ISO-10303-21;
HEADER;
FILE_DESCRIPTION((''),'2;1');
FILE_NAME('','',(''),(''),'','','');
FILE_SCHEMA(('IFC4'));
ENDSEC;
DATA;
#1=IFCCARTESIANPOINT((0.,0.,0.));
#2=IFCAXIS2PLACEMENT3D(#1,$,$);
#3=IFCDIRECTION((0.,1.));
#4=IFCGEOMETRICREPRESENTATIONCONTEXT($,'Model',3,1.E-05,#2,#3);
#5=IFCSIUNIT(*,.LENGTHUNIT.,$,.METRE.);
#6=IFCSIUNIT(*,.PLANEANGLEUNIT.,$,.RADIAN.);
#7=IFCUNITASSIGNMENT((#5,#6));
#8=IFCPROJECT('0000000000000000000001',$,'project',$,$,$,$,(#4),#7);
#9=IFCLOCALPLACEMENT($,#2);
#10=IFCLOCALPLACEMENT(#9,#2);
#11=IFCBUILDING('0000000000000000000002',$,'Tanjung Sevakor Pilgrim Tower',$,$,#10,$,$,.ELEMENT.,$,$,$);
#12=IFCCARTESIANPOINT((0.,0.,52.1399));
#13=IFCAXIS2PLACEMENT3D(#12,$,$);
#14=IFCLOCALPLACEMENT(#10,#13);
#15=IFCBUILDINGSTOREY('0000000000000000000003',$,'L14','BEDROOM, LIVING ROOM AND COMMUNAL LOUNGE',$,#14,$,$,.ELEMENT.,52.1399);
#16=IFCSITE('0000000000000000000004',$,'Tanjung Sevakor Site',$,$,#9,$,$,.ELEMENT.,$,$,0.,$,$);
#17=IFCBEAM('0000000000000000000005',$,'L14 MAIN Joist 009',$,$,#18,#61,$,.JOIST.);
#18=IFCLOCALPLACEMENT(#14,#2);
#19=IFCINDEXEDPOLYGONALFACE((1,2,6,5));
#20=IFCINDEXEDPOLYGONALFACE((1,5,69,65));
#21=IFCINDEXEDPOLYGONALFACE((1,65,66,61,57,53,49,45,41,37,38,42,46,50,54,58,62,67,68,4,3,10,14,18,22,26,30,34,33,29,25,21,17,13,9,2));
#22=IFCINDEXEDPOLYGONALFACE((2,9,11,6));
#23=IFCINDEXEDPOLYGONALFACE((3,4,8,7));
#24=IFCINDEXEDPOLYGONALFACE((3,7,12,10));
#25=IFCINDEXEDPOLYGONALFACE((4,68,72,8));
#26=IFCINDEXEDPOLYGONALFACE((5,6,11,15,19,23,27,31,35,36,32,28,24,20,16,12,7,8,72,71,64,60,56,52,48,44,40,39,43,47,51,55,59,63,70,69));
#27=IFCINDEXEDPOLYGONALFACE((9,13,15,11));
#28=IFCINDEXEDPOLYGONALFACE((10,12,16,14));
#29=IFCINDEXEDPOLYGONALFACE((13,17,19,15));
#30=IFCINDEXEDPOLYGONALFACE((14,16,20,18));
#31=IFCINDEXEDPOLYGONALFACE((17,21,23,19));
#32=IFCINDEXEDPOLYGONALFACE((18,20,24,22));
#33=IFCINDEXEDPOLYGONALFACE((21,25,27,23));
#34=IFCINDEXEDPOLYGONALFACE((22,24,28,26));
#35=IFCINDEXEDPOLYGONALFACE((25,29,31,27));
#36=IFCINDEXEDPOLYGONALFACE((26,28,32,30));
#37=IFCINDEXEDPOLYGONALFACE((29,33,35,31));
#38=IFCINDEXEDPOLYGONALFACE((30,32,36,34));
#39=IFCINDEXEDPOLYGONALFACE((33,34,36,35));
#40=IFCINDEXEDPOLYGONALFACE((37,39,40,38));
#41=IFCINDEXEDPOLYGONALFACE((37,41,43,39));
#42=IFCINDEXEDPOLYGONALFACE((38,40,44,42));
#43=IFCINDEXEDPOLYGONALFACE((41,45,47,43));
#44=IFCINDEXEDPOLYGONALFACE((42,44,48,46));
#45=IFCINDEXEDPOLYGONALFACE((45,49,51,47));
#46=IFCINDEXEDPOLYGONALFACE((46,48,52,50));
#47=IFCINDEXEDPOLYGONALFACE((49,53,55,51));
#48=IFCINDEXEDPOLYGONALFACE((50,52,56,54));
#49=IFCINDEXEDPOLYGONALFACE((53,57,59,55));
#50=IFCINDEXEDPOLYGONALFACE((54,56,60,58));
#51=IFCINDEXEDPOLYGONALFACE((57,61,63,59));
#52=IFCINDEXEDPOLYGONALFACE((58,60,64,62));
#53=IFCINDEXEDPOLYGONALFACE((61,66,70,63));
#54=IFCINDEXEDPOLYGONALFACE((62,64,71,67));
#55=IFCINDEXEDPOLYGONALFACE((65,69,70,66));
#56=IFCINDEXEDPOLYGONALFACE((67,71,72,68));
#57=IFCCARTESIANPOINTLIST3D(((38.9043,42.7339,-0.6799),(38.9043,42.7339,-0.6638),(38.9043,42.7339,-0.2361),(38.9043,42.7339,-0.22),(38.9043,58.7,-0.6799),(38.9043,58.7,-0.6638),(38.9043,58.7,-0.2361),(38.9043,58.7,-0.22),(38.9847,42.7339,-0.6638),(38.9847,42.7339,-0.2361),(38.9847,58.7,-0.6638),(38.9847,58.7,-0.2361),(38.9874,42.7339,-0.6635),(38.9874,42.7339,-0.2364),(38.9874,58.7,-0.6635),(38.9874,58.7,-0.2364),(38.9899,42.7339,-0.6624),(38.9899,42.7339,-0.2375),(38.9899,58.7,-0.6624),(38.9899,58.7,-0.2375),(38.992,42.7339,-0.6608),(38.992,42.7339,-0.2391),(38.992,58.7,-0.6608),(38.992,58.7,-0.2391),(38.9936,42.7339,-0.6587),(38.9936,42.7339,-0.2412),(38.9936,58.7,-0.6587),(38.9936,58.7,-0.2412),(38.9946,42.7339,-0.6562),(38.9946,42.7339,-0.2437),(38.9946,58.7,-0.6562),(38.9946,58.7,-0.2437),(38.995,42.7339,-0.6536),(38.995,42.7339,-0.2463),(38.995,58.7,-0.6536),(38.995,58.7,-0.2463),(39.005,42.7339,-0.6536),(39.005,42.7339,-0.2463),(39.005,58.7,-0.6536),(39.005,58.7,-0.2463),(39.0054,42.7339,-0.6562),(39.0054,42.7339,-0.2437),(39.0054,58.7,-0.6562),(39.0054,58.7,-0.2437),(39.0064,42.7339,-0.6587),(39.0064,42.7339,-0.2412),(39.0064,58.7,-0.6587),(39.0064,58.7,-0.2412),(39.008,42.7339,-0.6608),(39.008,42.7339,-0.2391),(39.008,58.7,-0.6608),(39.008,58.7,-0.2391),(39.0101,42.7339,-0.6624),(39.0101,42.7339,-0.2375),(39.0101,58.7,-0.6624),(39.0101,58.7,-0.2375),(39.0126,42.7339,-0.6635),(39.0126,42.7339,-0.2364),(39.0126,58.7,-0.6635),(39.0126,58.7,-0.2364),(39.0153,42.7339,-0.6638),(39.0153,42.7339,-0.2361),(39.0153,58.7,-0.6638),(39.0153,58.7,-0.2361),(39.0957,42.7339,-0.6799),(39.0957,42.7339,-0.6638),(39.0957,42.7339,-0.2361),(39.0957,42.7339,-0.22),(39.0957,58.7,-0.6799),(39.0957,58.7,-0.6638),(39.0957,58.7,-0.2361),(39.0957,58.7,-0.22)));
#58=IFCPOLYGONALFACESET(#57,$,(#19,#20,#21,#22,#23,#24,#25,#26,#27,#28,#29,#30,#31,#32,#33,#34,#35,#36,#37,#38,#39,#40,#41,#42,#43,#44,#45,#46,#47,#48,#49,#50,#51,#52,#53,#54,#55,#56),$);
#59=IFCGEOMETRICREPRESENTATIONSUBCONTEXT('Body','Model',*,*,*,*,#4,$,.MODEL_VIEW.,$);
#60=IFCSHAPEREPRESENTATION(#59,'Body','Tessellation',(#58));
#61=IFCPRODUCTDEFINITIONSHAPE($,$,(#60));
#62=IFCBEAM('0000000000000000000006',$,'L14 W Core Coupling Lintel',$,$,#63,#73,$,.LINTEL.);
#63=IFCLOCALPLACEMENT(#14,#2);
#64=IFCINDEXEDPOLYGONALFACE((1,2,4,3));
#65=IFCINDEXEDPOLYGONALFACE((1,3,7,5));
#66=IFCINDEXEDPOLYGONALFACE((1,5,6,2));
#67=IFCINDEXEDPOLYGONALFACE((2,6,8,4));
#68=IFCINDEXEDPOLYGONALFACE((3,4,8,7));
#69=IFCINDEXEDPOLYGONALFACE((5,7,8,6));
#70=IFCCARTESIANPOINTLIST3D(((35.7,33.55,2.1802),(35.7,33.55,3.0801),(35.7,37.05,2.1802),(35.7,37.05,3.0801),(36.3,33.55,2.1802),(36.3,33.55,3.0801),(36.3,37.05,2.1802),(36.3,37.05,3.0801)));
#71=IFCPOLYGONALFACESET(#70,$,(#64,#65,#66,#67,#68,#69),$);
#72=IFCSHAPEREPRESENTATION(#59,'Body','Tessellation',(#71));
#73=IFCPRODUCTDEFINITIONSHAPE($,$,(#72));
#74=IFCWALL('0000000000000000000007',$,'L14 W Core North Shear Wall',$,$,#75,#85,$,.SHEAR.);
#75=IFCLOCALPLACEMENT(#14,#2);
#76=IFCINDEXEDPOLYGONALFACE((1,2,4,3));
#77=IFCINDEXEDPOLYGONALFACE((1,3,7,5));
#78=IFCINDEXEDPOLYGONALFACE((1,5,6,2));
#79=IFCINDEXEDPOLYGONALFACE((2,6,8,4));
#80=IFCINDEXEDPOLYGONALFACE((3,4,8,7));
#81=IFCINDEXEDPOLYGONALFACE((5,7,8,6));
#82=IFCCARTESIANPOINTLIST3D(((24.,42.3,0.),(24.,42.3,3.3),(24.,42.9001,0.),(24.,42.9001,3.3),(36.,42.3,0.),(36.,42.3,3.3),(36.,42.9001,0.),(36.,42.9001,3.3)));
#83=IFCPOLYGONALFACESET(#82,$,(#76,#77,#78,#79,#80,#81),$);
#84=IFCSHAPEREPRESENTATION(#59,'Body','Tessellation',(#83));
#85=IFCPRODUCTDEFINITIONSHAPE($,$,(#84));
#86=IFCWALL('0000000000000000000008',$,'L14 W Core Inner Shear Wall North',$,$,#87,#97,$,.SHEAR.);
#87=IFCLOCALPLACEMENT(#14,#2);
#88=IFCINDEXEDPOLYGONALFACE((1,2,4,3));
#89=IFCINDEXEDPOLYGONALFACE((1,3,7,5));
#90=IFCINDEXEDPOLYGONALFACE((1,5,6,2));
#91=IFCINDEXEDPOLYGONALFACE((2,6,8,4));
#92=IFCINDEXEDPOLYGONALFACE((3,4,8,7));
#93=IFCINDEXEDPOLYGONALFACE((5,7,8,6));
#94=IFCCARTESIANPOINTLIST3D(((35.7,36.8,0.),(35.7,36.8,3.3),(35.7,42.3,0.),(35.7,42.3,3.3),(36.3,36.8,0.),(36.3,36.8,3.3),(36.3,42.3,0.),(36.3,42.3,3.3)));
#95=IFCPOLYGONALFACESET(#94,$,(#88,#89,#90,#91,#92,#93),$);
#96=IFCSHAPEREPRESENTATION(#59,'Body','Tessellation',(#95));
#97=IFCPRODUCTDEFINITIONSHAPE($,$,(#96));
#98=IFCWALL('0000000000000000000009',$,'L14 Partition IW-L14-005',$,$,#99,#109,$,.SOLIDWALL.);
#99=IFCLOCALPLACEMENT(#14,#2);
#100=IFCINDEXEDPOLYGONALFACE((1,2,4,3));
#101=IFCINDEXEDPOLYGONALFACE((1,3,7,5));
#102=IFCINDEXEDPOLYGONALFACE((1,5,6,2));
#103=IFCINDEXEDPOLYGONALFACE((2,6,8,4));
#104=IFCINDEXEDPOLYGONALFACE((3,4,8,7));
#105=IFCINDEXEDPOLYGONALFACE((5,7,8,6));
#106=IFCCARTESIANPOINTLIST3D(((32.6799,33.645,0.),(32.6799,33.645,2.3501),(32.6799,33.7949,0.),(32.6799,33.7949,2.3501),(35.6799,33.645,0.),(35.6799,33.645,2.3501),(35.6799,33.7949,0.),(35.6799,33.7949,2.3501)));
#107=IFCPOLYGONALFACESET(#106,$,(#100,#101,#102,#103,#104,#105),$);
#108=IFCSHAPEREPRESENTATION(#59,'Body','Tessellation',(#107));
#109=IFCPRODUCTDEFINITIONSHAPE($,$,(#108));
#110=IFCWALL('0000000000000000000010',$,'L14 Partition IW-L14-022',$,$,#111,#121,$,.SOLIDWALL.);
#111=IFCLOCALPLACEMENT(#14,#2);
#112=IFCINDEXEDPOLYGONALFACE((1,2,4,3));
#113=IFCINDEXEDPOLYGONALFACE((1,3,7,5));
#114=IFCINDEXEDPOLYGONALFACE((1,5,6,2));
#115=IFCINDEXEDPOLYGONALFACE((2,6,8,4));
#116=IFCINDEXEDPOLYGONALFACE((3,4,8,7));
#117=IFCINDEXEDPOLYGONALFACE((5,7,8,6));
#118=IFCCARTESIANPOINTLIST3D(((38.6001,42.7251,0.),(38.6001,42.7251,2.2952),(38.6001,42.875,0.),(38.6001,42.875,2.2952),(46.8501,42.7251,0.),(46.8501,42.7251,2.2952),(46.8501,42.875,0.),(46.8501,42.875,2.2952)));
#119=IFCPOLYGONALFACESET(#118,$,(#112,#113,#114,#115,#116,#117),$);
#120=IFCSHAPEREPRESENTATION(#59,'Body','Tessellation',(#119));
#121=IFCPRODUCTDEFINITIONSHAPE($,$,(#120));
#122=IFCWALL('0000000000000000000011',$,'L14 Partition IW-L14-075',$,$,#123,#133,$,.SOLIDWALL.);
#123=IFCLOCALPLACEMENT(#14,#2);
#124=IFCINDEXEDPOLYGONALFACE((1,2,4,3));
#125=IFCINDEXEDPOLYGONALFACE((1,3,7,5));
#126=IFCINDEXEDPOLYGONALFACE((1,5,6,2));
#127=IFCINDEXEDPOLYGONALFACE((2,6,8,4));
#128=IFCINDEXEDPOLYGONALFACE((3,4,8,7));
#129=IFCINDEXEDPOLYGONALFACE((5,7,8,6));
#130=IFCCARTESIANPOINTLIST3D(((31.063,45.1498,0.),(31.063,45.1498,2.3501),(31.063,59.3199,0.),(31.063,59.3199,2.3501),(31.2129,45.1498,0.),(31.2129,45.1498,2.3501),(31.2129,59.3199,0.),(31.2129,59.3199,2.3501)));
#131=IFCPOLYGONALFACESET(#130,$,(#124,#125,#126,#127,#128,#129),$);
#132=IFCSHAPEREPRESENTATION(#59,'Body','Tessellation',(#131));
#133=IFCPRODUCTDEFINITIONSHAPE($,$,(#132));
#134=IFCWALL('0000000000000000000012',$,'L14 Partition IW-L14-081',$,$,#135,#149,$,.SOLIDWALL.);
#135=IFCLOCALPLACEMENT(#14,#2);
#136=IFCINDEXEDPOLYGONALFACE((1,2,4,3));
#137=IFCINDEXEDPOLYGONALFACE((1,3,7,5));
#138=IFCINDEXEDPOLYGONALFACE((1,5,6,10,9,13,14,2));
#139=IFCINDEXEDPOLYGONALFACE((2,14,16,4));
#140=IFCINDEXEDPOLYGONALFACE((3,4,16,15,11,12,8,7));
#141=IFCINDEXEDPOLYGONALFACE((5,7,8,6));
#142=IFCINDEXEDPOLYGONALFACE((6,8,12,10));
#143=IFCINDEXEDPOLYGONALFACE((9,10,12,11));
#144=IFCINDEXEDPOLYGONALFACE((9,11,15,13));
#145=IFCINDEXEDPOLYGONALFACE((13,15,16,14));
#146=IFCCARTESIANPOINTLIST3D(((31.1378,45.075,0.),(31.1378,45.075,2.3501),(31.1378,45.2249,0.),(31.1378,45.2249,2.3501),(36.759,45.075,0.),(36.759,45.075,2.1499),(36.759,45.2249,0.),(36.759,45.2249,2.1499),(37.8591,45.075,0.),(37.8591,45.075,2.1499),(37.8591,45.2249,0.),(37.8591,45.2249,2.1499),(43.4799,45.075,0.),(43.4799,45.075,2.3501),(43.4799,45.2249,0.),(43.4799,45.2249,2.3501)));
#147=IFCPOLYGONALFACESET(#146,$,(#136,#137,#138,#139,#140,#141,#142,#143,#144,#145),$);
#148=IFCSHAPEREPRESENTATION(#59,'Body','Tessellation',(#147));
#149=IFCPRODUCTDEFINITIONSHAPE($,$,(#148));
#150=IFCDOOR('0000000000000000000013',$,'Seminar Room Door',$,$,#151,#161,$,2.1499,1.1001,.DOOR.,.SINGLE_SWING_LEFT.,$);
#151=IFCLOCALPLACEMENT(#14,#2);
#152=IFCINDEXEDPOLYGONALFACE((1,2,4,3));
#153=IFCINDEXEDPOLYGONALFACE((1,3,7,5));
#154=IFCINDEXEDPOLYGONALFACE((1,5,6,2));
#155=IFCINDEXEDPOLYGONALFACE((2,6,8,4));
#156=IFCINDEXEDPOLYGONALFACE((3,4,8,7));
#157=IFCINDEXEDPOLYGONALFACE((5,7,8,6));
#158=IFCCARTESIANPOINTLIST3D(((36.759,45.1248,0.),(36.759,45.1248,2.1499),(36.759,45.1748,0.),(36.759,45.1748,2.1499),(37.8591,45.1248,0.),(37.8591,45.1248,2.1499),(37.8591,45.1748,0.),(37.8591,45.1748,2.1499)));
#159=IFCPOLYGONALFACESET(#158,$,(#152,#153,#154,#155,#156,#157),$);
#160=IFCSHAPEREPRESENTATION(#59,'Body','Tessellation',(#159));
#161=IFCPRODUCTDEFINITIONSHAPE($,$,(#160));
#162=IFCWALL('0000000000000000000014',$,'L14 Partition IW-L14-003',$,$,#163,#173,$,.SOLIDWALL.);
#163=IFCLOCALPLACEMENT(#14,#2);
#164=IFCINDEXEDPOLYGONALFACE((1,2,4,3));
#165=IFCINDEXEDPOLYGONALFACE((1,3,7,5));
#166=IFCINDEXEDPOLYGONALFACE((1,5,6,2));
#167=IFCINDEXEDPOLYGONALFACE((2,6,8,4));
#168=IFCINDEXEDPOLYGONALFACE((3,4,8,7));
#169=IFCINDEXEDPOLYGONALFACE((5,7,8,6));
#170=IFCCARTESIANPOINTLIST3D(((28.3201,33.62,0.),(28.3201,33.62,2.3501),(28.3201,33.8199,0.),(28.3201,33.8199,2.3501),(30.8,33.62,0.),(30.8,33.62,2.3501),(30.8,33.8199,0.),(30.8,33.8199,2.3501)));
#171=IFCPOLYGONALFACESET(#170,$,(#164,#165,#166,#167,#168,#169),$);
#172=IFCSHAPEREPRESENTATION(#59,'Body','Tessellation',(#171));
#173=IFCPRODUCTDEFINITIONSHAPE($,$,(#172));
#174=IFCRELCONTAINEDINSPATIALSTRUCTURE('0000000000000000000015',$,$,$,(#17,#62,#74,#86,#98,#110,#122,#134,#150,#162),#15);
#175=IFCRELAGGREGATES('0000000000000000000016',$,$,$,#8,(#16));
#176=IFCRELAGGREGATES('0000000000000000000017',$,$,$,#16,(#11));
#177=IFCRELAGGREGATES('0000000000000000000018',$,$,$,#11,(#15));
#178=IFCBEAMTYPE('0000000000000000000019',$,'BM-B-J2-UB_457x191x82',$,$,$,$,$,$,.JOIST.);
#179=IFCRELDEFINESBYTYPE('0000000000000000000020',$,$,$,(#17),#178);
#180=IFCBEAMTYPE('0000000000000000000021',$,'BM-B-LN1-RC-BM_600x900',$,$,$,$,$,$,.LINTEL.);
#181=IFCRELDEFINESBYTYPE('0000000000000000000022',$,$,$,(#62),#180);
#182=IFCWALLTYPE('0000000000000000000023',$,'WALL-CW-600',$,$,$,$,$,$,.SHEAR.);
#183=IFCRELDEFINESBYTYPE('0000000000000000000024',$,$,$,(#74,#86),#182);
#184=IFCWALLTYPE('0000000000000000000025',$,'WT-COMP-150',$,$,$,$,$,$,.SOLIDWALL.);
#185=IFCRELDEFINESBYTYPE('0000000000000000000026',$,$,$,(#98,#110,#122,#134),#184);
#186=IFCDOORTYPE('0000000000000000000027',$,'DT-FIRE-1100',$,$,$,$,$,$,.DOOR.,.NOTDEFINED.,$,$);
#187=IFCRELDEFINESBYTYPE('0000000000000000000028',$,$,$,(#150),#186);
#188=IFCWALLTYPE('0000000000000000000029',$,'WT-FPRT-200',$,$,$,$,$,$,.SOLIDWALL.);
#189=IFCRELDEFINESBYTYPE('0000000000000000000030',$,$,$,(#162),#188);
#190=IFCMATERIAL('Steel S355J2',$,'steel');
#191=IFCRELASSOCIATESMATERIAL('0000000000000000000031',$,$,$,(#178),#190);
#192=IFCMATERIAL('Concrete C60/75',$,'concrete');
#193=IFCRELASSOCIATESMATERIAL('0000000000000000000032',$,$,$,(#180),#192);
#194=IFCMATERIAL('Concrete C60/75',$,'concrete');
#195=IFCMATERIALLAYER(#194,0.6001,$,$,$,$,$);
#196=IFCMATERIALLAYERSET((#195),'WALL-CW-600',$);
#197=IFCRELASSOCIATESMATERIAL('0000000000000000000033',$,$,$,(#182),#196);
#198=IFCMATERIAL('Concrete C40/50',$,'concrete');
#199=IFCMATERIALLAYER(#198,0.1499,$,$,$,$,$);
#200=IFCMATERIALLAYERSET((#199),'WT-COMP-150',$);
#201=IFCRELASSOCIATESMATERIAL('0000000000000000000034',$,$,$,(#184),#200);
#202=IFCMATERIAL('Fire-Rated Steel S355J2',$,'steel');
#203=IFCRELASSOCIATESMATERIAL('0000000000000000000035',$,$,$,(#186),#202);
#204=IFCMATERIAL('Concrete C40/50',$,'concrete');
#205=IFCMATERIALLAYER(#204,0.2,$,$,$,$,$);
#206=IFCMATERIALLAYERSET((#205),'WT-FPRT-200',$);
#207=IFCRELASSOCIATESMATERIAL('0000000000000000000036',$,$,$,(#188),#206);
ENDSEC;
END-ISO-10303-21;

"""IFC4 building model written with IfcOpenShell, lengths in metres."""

from ifc_helpers import new_model, si_unit, direction, frame, frame_2d, origin, origin_2d, place, context, subcontext, project, spatial, rectangle, i_section, extrude, material, layer, layer_set, material_profile, profile_set, type_object, element, fill, save


model = new_model("IFC4")

# Units and contexts
model_context = context("Model", 3, precision=1e-05, world=origin(), true_north=direction((0.0, 1.0)))
body_context = subcontext(model_context, "Body", "Model", "MODEL_VIEW")
ifc_project = project(units=[si_unit("LENGTHUNIT", "METRE"), si_unit("PLANEANGLEUNIT", "RADIAN")], contexts=[model_context])

# Site, building, storey
site_placement = place(None, origin())
site = spatial("IfcSite", under=ifc_project, at=site_placement, Name="Tanjung Sevakor Site", CompositionType="ELEMENT", RefElevation=0.0)
building_placement = place(site_placement, origin())
building = spatial("IfcBuilding", under=site, at=building_placement, Name="Tanjung Sevakor Pilgrim Tower", CompositionType="ELEMENT")
storey_placement = place(building_placement, frame((0.0, 0.0, 52.1399)))
storey = spatial("IfcBuildingStorey", under=building, at=storey_placement, Name="L14", Description="BEDROOM, LIVING ROOM AND COMMUNAL LOUNGE", CompositionType="ELEMENT", Elevation=52.1399)

# Beams
ifc_material_1 = material(Name="Steel S355J2", Category="steel")
ifc_material_profile_1 = material_profile(ifc_material_1, i_section(OverallWidth=0.1914, OverallDepth=0.46, WebThickness=0.01, FlangeThickness=0.0161, FilletRadius=0.0103, at=origin_2d()))
ifc_profile_set_1 = profile_set([ifc_material_profile_1], Name="Steel S355J2")
beam_type_1 = type_object("IfcBeamType", Name="BM-B-J2-UB_457x191x82", PredefinedType="JOIST", material=ifc_profile_set_1)
beam_1_placement = place(storey_placement, frame((39.0, 42.7339, -0.45), z_axis=(0.0, 1.0, 0.0), x_axis=(-1.0, 0.0, 0.0)))
element("IfcBeam", 1, at=beam_1_placement, inside=storey, type_object=beam_type_1, Name="L14 MAIN Joist 009", PredefinedType="JOIST", context=body_context, shape_type="SweptSolid", body=[
    extrude(i_section(OverallWidth=0.1914, OverallDepth=0.46, WebThickness=0.01, FlangeThickness=0.0161, FilletRadius=0.0103, at=origin_2d()), origin(), (0.0, 0.0, 1.0), 15.9661),
])
ifc_material_2 = material(Name="Concrete C60/75", Category="concrete")
ifc_material_profile_2 = material_profile(ifc_material_2, rectangle(XDim=0.6001, YDim=0.8999, at=origin_2d()))
ifc_profile_set_2 = profile_set([ifc_material_profile_2], Name="Concrete C60/75")
beam_type_2 = type_object("IfcBeamType", Name="BM-B-LN1-RC-BM_600x900", PredefinedType="LINTEL", material=ifc_profile_set_2)
beam_2_placement = place(storey_placement, frame((36.0, 33.55, 2.6301), z_axis=(0.0, 1.0, 0.0), x_axis=(-1.0, 0.0, 0.0)))
element("IfcBeam", 2, at=beam_2_placement, inside=storey, type_object=beam_type_2, Name="L14 W Core Coupling Lintel", PredefinedType="LINTEL", context=body_context, shape_type="SweptSolid", body=[
    extrude(rectangle(XDim=0.6001, YDim=0.8999, at=origin_2d()), origin(), (0.0, 0.0, 1.0), 3.5),
])

# Walls
ifc_material_3 = material(Name="Concrete C60/75", Category="concrete")
ifc_layer_1 = layer(ifc_material_3, 0.6001)
ifc_layer_set_1 = layer_set([ifc_layer_1], Name="WALL-CW-600")
wall_type_1 = type_object("IfcWallType", Name="WALL-CW-600", PredefinedType="SHEAR", material=ifc_layer_set_1)
wall_1_placement = place(storey_placement, frame((36.0, 42.6001, 0.0), z_axis=(0.0, 0.0, 1.0), x_axis=(-1.0, 0.0, 0.0)))
element("IfcWall", 3, at=wall_1_placement, inside=storey, type_object=wall_type_1, Name="L14 W Core North Shear Wall", PredefinedType="SHEAR", context=body_context, shape_type="SweptSolid", body=[
    extrude(rectangle(XDim=12.0, YDim=0.6001, at=frame_2d((6.0, 0.0))), origin(), (0.0, 0.0, 1.0), 3.3),
])
wall_2_placement = place(storey_placement, frame((36.0, 36.8, 0.0), z_axis=(0.0, 0.0, 1.0), x_axis=(0.0, 1.0, 0.0)))
element("IfcWall", 4, at=wall_2_placement, inside=storey, type_object=wall_type_1, Name="L14 W Core Inner Shear Wall North", PredefinedType="SHEAR", context=body_context, shape_type="SweptSolid", body=[
    extrude(rectangle(XDim=5.5, YDim=0.6001, at=frame_2d((2.75, 0.0))), origin(), (0.0, 0.0, 1.0), 3.3),
])
ifc_material_4 = material(Name="Concrete C40/50", Category="concrete")
ifc_layer_2 = layer(ifc_material_4, 0.1499)
ifc_layer_set_2 = layer_set([ifc_layer_2], Name="WT-COMP-150")
wall_type_2 = type_object("IfcWallType", Name="WT-COMP-150", PredefinedType="SOLIDWALL", material=ifc_layer_set_2)
wall_3_placement = place(storey_placement, frame((32.6799, 33.72, 0.0), z_axis=(0.0, 0.0, 1.0), x_axis=(1.0, 0.0, 0.0)))
element("IfcWall", 5, at=wall_3_placement, inside=storey, type_object=wall_type_2, Name="L14 Partition IW-L14-005", PredefinedType="SOLIDWALL", context=body_context, shape_type="SweptSolid", body=[
    extrude(rectangle(XDim=3.0, YDim=0.1499, at=frame_2d((1.5, 0.0))), origin(), (0.0, 0.0, 1.0), 2.3501),
])

# Walls
wall_4_placement = place(storey_placement, frame((38.6001, 42.8, 0.0), z_axis=(0.0, 0.0, 1.0), x_axis=(1.0, 0.0, 0.0)))
element("IfcWall", 6, at=wall_4_placement, inside=storey, type_object=wall_type_2, Name="L14 Partition IW-L14-022", PredefinedType="SOLIDWALL", context=body_context, shape_type="SweptSolid", body=[
    extrude(rectangle(XDim=8.25, YDim=0.1499, at=frame_2d((4.125, 0.0))), origin(), (0.0, 0.0, 1.0), 2.2952),
])
wall_5_placement = place(storey_placement, frame((31.1379, 45.1499, 0.0), z_axis=(0.0, 0.0, 1.0), x_axis=(0.0, 1.0, 0.0)))
element("IfcWall", 7, at=wall_5_placement, inside=storey, type_object=wall_type_2, Name="L14 Partition IW-L14-075", PredefinedType="SOLIDWALL", context=body_context, shape_type="SweptSolid", body=[
    extrude(rectangle(XDim=14.1702, YDim=0.1499, at=frame_2d((7.085, 0.0))), origin(), (0.0, 0.0, 1.0), 2.3501),
])

# Wall, opening, door
wall_6_placement = place(storey_placement, frame((31.1379, 45.1499, 0.0), z_axis=(0.0, 0.0, 1.0), x_axis=(1.0, 0.0, 0.0)))
wall_6 = element("IfcWall", 8, at=wall_6_placement, inside=storey, type_object=wall_type_2, Name="L14 Partition IW-L14-081", PredefinedType="SOLIDWALL", context=body_context, shape_type="SweptSolid", body=[
    extrude(rectangle(XDim=12.342, YDim=0.1499, at=frame_2d((6.1709, 0.0))), origin(), (0.0, 0.0, 1.0), 2.3501),
])
opening_1_placement = place(wall_6_placement, frame((5.6211, 0.0, 0.0)))
opening_1 = element("IfcOpeningElement", 9, at=opening_1_placement, cuts=wall_6, PredefinedType="OPENING", context=body_context, shape_type="SweptSolid", body=[
    extrude(rectangle(XDim=1.1001, YDim=2.1499, at=frame_2d((0.55, 1.075))), frame((0.0, 0.085, 0.0), z_axis=(0.0, -1.0, 0.0), x_axis=(1.0, 0.0, 0.0)), (0.0, 0.0, 1.0), 0.1699),
])
ifc_material_5 = material(Name="Fire-Rated Steel S355J2", Category="steel")
door_type_1 = type_object("IfcDoorType", Name="DT-FIRE-1100", OperationType="NOTDEFINED", PredefinedType="DOOR", material=ifc_material_5)
door_1_placement = place(opening_1_placement, origin())
door_1 = element("IfcDoor", 10, at=door_1_placement, inside=storey, type_object=door_type_1, Name="Seminar Room Door", OperationType="SINGLE_SWING_LEFT", OverallHeight=2.1499, OverallWidth=1.1001, PredefinedType="DOOR", context=body_context, shape_type="SweptSolid", body=[
    extrude(rectangle(XDim=1.1001, YDim=2.1499, at=frame_2d((0.55, 1.075))), frame((0.0, 0.0249, 0.0), z_axis=(0.0, -1.0, 0.0), x_axis=(1.0, 0.0, 0.0)), (0.0, 0.0, 1.0), 0.05),
])
fill(opening_1, door_1)
ifc_material_6 = material(Name="Concrete C40/50", Category="concrete")
ifc_layer_3 = layer(ifc_material_6, 0.2)
ifc_layer_set_3 = layer_set([ifc_layer_3], Name="WT-FPRT-200")
wall_type_3 = type_object("IfcWallType", Name="WT-FPRT-200", PredefinedType="SOLIDWALL", material=ifc_layer_set_3)

# Wall
wall_7_placement = place(storey_placement, frame((28.3201, 33.72, 0.0), z_axis=(0.0, 0.0, 1.0), x_axis=(1.0, 0.0, 0.0)))
element("IfcWall", 11, at=wall_7_placement, inside=storey, type_object=wall_type_3, Name="L14 Partition IW-L14-003", PredefinedType="SOLIDWALL", context=body_context, shape_type="SweptSolid", body=[
    extrude(rectangle(XDim=2.48, YDim=0.2, at=frame_2d((1.24, 0.0))), origin(), (0.0, 0.0, 1.0), 2.3501),
])

save(model, "model.ifc")
